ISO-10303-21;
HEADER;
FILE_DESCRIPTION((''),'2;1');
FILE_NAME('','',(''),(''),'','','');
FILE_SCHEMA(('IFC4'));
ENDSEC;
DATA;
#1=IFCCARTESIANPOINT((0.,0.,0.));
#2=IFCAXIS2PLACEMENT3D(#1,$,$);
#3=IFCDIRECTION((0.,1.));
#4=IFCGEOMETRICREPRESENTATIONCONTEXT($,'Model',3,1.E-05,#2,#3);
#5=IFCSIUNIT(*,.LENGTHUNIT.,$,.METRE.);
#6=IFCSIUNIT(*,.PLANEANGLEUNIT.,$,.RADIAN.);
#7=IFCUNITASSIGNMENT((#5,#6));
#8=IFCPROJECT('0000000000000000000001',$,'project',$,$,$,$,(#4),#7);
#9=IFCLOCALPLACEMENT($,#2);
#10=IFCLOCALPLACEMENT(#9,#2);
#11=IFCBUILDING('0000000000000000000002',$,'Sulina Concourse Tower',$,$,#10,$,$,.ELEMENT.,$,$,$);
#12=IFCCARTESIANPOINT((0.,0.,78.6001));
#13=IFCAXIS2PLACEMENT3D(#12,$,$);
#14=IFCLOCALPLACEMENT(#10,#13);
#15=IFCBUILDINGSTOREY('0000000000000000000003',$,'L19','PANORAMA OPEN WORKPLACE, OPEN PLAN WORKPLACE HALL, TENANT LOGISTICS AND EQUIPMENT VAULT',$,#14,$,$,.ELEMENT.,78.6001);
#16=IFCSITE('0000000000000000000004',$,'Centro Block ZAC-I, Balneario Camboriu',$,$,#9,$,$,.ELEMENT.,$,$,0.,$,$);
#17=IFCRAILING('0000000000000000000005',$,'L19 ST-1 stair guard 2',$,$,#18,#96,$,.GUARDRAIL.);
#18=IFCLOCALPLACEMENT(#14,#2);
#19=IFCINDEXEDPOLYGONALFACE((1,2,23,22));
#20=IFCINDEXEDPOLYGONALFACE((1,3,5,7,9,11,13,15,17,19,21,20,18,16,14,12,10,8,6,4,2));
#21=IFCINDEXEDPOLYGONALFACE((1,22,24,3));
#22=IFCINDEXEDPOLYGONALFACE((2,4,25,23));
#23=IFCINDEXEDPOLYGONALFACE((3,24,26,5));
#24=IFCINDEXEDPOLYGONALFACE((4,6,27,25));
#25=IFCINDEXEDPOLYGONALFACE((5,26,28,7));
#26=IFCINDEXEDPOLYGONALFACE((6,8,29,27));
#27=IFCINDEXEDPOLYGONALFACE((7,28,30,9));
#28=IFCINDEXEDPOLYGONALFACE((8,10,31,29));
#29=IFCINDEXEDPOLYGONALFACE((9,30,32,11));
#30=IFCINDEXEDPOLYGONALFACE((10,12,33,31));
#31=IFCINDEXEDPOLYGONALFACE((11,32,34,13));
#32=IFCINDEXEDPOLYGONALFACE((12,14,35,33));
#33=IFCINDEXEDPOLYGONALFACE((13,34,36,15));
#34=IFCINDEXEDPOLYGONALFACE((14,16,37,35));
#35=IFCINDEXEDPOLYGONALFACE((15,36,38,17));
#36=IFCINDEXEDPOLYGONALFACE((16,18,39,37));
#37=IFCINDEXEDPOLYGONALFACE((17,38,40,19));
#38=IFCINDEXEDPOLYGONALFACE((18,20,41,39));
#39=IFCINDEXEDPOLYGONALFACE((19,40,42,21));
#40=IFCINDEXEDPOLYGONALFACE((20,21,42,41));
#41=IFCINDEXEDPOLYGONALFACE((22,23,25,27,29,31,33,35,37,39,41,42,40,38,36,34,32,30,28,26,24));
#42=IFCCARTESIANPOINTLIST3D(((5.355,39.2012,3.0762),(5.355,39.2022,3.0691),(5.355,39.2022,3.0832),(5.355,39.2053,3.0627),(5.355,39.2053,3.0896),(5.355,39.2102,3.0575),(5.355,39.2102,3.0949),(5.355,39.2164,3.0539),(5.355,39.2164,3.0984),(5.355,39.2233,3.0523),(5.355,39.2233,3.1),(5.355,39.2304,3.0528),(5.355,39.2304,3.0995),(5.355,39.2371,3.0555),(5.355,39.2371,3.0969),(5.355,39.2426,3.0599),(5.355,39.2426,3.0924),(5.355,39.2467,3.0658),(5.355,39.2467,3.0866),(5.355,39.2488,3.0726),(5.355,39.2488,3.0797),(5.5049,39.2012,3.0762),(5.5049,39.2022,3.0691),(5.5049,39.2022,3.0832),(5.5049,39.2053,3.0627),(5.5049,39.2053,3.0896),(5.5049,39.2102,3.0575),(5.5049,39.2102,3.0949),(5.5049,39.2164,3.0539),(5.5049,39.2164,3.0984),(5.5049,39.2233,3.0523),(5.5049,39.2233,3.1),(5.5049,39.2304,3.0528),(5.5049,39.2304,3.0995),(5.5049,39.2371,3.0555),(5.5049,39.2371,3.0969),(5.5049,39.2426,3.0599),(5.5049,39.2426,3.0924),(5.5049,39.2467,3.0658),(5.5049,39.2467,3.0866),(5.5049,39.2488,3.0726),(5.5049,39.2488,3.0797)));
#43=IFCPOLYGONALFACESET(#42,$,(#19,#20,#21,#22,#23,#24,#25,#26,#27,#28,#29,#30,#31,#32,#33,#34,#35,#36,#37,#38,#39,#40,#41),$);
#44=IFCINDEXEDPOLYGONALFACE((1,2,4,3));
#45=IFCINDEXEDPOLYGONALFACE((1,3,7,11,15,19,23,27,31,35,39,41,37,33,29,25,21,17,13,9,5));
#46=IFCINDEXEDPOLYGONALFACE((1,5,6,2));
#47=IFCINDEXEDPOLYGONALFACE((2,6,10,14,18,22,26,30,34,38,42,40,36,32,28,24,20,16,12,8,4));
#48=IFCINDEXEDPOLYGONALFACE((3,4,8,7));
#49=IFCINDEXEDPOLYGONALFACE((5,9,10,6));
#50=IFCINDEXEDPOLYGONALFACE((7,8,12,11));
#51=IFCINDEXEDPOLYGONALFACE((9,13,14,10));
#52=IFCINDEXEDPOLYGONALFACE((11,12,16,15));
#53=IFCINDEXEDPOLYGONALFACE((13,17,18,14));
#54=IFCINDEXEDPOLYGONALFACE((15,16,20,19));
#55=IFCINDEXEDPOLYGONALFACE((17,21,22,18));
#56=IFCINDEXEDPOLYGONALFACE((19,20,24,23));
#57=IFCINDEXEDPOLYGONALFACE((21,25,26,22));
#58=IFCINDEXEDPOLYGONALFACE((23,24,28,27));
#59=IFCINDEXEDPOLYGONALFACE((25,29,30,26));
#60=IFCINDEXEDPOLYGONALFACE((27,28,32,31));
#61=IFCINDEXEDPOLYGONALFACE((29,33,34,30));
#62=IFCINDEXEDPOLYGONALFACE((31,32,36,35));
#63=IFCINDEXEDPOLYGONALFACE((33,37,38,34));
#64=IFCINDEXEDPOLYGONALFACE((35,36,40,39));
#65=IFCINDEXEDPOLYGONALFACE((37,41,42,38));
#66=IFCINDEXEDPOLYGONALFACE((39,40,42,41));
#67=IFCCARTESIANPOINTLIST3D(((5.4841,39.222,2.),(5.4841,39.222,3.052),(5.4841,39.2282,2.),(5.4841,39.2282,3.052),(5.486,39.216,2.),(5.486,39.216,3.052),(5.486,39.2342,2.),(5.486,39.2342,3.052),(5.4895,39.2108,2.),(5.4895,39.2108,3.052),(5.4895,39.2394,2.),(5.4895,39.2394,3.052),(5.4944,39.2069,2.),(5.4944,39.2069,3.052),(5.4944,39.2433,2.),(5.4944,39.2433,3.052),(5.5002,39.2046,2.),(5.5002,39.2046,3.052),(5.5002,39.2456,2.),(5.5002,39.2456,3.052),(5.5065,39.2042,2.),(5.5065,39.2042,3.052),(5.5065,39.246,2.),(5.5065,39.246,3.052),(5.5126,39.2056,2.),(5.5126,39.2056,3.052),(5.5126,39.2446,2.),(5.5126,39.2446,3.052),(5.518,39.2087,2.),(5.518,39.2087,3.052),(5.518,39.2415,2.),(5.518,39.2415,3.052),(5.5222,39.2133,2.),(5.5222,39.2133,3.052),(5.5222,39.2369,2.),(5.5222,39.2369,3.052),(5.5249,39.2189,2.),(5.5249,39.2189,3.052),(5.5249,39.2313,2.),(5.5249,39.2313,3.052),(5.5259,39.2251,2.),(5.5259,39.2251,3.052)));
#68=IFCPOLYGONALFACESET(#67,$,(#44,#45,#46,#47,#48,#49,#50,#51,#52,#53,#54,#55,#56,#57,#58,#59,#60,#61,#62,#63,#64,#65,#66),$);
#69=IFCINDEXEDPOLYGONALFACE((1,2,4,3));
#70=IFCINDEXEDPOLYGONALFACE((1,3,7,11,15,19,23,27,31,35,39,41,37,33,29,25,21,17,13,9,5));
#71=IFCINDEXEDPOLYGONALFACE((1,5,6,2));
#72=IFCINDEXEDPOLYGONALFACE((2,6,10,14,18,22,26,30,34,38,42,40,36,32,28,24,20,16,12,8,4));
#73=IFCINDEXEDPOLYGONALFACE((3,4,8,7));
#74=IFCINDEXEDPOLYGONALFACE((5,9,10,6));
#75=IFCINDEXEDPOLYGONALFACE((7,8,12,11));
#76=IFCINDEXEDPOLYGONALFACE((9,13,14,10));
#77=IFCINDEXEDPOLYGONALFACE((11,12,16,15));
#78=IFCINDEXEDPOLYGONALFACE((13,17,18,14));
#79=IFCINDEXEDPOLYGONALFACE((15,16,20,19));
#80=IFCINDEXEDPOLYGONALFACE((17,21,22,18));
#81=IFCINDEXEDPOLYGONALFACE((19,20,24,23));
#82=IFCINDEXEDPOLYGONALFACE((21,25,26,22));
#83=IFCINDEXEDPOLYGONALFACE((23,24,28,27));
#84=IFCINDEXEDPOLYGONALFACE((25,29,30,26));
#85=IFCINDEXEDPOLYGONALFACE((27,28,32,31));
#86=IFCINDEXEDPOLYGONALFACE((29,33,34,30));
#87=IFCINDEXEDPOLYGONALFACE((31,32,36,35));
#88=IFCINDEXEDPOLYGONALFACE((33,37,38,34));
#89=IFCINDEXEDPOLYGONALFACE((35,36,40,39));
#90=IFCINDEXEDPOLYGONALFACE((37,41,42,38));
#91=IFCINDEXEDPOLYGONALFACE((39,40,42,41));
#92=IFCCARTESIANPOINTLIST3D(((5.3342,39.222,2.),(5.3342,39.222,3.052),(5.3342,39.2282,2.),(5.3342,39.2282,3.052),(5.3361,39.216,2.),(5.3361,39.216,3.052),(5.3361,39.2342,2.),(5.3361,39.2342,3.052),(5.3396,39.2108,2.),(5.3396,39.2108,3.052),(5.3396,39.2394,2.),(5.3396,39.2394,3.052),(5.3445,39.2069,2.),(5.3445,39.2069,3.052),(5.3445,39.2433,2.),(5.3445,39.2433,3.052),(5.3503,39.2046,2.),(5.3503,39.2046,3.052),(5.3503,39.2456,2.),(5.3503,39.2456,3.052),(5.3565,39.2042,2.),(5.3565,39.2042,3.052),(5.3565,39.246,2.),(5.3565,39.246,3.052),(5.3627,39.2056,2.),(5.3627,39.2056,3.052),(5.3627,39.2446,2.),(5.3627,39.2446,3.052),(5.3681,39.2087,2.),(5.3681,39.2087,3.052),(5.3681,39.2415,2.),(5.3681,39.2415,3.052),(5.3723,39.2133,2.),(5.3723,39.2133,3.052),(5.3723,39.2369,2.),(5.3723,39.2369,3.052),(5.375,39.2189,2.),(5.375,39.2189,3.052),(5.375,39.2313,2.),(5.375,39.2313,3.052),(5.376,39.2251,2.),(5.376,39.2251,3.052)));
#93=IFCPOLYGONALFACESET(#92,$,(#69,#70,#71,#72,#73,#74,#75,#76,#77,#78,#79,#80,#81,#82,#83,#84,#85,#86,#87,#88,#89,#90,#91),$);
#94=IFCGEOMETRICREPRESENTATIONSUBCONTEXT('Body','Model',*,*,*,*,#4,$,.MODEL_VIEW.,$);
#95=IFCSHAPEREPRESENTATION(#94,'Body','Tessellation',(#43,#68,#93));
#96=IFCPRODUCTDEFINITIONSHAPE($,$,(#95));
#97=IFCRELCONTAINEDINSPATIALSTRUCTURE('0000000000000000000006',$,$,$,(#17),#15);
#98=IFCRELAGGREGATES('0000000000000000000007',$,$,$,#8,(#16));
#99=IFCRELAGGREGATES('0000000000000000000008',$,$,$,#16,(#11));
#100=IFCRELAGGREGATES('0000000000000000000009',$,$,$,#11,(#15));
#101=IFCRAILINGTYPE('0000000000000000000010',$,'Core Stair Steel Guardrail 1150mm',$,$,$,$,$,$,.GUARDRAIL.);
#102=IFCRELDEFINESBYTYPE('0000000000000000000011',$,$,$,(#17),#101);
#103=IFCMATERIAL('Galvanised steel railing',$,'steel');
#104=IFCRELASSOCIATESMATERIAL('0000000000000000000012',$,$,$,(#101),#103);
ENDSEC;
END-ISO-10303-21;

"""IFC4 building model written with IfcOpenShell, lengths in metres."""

from ifc_helpers import new_model, si_unit, direction, frame, origin, origin_2d, place, context, subcontext, project, spatial, circle, extrude, material, type_object, element, save


model = new_model("IFC4")

# Units and contexts
model_context = context("Model", 3, precision=1e-05, world=origin(), true_north=direction((0.0, 1.0)))
body_context = subcontext(model_context, "Body", "Model", "MODEL_VIEW")
ifc_project = project(units=[si_unit("LENGTHUNIT", "METRE"), si_unit("PLANEANGLEUNIT", "RADIAN")], contexts=[model_context])

# Site, building, storey
site_placement = place(None, origin())
site = spatial("IfcSite", under=ifc_project, at=site_placement, Name="Centro Block ZAC-I, Balneario Camboriu", CompositionType="ELEMENT", RefElevation=0.0)
building_placement = place(site_placement, origin())
building = spatial("IfcBuilding", under=site, at=building_placement, Name="Sulina Concourse Tower", CompositionType="ELEMENT")
storey_placement = place(building_placement, frame((0.0, 0.0, 78.6001)))
storey = spatial("IfcBuildingStorey", under=building, at=storey_placement, Name="L19", Description="PANORAMA OPEN WORKPLACE, OPEN PLAN WORKPLACE HALL, TENANT LOGISTICS AND EQUIPMENT VAULT", CompositionType="ELEMENT", Elevation=78.6001)

# Railing
ifc_material_1 = material(Name="Galvanised steel railing", Category="steel")
railing_type_1 = type_object("IfcRailingType", Name="Core Stair Steel Guardrail 1150mm", PredefinedType="GUARDRAIL", material=ifc_material_1)
railing_1_placement = place(storey_placement, frame((5.5049, 39.2251, 2.0)))
element("IfcRailing", 1, at=railing_1_placement, inside=storey, type_object=railing_type_1, Name="L19 ST-1 stair guard 2", PredefinedType="GUARDRAIL", context=body_context, shape_type="SweptSolid", body=[
    extrude(circle(Radius=0.0239, at=origin_2d()), frame((0.0, 0.0, 1.0762), z_axis=(-1.0, 0.0, 0.0), x_axis=(0.0, -1.0, 0.0)), (0.0, 0.0, 1.0), 0.1499),
    extrude(circle(Radius=0.021, at=origin_2d()), origin(), (0.0, 0.0, 1.0), 1.052),
    extrude(circle(Radius=0.021, at=origin_2d()), frame((-0.1499, 0.0, 0.0)), (0.0, 0.0, 1.0), 1.052),
])

save(model, "model.ifc")
